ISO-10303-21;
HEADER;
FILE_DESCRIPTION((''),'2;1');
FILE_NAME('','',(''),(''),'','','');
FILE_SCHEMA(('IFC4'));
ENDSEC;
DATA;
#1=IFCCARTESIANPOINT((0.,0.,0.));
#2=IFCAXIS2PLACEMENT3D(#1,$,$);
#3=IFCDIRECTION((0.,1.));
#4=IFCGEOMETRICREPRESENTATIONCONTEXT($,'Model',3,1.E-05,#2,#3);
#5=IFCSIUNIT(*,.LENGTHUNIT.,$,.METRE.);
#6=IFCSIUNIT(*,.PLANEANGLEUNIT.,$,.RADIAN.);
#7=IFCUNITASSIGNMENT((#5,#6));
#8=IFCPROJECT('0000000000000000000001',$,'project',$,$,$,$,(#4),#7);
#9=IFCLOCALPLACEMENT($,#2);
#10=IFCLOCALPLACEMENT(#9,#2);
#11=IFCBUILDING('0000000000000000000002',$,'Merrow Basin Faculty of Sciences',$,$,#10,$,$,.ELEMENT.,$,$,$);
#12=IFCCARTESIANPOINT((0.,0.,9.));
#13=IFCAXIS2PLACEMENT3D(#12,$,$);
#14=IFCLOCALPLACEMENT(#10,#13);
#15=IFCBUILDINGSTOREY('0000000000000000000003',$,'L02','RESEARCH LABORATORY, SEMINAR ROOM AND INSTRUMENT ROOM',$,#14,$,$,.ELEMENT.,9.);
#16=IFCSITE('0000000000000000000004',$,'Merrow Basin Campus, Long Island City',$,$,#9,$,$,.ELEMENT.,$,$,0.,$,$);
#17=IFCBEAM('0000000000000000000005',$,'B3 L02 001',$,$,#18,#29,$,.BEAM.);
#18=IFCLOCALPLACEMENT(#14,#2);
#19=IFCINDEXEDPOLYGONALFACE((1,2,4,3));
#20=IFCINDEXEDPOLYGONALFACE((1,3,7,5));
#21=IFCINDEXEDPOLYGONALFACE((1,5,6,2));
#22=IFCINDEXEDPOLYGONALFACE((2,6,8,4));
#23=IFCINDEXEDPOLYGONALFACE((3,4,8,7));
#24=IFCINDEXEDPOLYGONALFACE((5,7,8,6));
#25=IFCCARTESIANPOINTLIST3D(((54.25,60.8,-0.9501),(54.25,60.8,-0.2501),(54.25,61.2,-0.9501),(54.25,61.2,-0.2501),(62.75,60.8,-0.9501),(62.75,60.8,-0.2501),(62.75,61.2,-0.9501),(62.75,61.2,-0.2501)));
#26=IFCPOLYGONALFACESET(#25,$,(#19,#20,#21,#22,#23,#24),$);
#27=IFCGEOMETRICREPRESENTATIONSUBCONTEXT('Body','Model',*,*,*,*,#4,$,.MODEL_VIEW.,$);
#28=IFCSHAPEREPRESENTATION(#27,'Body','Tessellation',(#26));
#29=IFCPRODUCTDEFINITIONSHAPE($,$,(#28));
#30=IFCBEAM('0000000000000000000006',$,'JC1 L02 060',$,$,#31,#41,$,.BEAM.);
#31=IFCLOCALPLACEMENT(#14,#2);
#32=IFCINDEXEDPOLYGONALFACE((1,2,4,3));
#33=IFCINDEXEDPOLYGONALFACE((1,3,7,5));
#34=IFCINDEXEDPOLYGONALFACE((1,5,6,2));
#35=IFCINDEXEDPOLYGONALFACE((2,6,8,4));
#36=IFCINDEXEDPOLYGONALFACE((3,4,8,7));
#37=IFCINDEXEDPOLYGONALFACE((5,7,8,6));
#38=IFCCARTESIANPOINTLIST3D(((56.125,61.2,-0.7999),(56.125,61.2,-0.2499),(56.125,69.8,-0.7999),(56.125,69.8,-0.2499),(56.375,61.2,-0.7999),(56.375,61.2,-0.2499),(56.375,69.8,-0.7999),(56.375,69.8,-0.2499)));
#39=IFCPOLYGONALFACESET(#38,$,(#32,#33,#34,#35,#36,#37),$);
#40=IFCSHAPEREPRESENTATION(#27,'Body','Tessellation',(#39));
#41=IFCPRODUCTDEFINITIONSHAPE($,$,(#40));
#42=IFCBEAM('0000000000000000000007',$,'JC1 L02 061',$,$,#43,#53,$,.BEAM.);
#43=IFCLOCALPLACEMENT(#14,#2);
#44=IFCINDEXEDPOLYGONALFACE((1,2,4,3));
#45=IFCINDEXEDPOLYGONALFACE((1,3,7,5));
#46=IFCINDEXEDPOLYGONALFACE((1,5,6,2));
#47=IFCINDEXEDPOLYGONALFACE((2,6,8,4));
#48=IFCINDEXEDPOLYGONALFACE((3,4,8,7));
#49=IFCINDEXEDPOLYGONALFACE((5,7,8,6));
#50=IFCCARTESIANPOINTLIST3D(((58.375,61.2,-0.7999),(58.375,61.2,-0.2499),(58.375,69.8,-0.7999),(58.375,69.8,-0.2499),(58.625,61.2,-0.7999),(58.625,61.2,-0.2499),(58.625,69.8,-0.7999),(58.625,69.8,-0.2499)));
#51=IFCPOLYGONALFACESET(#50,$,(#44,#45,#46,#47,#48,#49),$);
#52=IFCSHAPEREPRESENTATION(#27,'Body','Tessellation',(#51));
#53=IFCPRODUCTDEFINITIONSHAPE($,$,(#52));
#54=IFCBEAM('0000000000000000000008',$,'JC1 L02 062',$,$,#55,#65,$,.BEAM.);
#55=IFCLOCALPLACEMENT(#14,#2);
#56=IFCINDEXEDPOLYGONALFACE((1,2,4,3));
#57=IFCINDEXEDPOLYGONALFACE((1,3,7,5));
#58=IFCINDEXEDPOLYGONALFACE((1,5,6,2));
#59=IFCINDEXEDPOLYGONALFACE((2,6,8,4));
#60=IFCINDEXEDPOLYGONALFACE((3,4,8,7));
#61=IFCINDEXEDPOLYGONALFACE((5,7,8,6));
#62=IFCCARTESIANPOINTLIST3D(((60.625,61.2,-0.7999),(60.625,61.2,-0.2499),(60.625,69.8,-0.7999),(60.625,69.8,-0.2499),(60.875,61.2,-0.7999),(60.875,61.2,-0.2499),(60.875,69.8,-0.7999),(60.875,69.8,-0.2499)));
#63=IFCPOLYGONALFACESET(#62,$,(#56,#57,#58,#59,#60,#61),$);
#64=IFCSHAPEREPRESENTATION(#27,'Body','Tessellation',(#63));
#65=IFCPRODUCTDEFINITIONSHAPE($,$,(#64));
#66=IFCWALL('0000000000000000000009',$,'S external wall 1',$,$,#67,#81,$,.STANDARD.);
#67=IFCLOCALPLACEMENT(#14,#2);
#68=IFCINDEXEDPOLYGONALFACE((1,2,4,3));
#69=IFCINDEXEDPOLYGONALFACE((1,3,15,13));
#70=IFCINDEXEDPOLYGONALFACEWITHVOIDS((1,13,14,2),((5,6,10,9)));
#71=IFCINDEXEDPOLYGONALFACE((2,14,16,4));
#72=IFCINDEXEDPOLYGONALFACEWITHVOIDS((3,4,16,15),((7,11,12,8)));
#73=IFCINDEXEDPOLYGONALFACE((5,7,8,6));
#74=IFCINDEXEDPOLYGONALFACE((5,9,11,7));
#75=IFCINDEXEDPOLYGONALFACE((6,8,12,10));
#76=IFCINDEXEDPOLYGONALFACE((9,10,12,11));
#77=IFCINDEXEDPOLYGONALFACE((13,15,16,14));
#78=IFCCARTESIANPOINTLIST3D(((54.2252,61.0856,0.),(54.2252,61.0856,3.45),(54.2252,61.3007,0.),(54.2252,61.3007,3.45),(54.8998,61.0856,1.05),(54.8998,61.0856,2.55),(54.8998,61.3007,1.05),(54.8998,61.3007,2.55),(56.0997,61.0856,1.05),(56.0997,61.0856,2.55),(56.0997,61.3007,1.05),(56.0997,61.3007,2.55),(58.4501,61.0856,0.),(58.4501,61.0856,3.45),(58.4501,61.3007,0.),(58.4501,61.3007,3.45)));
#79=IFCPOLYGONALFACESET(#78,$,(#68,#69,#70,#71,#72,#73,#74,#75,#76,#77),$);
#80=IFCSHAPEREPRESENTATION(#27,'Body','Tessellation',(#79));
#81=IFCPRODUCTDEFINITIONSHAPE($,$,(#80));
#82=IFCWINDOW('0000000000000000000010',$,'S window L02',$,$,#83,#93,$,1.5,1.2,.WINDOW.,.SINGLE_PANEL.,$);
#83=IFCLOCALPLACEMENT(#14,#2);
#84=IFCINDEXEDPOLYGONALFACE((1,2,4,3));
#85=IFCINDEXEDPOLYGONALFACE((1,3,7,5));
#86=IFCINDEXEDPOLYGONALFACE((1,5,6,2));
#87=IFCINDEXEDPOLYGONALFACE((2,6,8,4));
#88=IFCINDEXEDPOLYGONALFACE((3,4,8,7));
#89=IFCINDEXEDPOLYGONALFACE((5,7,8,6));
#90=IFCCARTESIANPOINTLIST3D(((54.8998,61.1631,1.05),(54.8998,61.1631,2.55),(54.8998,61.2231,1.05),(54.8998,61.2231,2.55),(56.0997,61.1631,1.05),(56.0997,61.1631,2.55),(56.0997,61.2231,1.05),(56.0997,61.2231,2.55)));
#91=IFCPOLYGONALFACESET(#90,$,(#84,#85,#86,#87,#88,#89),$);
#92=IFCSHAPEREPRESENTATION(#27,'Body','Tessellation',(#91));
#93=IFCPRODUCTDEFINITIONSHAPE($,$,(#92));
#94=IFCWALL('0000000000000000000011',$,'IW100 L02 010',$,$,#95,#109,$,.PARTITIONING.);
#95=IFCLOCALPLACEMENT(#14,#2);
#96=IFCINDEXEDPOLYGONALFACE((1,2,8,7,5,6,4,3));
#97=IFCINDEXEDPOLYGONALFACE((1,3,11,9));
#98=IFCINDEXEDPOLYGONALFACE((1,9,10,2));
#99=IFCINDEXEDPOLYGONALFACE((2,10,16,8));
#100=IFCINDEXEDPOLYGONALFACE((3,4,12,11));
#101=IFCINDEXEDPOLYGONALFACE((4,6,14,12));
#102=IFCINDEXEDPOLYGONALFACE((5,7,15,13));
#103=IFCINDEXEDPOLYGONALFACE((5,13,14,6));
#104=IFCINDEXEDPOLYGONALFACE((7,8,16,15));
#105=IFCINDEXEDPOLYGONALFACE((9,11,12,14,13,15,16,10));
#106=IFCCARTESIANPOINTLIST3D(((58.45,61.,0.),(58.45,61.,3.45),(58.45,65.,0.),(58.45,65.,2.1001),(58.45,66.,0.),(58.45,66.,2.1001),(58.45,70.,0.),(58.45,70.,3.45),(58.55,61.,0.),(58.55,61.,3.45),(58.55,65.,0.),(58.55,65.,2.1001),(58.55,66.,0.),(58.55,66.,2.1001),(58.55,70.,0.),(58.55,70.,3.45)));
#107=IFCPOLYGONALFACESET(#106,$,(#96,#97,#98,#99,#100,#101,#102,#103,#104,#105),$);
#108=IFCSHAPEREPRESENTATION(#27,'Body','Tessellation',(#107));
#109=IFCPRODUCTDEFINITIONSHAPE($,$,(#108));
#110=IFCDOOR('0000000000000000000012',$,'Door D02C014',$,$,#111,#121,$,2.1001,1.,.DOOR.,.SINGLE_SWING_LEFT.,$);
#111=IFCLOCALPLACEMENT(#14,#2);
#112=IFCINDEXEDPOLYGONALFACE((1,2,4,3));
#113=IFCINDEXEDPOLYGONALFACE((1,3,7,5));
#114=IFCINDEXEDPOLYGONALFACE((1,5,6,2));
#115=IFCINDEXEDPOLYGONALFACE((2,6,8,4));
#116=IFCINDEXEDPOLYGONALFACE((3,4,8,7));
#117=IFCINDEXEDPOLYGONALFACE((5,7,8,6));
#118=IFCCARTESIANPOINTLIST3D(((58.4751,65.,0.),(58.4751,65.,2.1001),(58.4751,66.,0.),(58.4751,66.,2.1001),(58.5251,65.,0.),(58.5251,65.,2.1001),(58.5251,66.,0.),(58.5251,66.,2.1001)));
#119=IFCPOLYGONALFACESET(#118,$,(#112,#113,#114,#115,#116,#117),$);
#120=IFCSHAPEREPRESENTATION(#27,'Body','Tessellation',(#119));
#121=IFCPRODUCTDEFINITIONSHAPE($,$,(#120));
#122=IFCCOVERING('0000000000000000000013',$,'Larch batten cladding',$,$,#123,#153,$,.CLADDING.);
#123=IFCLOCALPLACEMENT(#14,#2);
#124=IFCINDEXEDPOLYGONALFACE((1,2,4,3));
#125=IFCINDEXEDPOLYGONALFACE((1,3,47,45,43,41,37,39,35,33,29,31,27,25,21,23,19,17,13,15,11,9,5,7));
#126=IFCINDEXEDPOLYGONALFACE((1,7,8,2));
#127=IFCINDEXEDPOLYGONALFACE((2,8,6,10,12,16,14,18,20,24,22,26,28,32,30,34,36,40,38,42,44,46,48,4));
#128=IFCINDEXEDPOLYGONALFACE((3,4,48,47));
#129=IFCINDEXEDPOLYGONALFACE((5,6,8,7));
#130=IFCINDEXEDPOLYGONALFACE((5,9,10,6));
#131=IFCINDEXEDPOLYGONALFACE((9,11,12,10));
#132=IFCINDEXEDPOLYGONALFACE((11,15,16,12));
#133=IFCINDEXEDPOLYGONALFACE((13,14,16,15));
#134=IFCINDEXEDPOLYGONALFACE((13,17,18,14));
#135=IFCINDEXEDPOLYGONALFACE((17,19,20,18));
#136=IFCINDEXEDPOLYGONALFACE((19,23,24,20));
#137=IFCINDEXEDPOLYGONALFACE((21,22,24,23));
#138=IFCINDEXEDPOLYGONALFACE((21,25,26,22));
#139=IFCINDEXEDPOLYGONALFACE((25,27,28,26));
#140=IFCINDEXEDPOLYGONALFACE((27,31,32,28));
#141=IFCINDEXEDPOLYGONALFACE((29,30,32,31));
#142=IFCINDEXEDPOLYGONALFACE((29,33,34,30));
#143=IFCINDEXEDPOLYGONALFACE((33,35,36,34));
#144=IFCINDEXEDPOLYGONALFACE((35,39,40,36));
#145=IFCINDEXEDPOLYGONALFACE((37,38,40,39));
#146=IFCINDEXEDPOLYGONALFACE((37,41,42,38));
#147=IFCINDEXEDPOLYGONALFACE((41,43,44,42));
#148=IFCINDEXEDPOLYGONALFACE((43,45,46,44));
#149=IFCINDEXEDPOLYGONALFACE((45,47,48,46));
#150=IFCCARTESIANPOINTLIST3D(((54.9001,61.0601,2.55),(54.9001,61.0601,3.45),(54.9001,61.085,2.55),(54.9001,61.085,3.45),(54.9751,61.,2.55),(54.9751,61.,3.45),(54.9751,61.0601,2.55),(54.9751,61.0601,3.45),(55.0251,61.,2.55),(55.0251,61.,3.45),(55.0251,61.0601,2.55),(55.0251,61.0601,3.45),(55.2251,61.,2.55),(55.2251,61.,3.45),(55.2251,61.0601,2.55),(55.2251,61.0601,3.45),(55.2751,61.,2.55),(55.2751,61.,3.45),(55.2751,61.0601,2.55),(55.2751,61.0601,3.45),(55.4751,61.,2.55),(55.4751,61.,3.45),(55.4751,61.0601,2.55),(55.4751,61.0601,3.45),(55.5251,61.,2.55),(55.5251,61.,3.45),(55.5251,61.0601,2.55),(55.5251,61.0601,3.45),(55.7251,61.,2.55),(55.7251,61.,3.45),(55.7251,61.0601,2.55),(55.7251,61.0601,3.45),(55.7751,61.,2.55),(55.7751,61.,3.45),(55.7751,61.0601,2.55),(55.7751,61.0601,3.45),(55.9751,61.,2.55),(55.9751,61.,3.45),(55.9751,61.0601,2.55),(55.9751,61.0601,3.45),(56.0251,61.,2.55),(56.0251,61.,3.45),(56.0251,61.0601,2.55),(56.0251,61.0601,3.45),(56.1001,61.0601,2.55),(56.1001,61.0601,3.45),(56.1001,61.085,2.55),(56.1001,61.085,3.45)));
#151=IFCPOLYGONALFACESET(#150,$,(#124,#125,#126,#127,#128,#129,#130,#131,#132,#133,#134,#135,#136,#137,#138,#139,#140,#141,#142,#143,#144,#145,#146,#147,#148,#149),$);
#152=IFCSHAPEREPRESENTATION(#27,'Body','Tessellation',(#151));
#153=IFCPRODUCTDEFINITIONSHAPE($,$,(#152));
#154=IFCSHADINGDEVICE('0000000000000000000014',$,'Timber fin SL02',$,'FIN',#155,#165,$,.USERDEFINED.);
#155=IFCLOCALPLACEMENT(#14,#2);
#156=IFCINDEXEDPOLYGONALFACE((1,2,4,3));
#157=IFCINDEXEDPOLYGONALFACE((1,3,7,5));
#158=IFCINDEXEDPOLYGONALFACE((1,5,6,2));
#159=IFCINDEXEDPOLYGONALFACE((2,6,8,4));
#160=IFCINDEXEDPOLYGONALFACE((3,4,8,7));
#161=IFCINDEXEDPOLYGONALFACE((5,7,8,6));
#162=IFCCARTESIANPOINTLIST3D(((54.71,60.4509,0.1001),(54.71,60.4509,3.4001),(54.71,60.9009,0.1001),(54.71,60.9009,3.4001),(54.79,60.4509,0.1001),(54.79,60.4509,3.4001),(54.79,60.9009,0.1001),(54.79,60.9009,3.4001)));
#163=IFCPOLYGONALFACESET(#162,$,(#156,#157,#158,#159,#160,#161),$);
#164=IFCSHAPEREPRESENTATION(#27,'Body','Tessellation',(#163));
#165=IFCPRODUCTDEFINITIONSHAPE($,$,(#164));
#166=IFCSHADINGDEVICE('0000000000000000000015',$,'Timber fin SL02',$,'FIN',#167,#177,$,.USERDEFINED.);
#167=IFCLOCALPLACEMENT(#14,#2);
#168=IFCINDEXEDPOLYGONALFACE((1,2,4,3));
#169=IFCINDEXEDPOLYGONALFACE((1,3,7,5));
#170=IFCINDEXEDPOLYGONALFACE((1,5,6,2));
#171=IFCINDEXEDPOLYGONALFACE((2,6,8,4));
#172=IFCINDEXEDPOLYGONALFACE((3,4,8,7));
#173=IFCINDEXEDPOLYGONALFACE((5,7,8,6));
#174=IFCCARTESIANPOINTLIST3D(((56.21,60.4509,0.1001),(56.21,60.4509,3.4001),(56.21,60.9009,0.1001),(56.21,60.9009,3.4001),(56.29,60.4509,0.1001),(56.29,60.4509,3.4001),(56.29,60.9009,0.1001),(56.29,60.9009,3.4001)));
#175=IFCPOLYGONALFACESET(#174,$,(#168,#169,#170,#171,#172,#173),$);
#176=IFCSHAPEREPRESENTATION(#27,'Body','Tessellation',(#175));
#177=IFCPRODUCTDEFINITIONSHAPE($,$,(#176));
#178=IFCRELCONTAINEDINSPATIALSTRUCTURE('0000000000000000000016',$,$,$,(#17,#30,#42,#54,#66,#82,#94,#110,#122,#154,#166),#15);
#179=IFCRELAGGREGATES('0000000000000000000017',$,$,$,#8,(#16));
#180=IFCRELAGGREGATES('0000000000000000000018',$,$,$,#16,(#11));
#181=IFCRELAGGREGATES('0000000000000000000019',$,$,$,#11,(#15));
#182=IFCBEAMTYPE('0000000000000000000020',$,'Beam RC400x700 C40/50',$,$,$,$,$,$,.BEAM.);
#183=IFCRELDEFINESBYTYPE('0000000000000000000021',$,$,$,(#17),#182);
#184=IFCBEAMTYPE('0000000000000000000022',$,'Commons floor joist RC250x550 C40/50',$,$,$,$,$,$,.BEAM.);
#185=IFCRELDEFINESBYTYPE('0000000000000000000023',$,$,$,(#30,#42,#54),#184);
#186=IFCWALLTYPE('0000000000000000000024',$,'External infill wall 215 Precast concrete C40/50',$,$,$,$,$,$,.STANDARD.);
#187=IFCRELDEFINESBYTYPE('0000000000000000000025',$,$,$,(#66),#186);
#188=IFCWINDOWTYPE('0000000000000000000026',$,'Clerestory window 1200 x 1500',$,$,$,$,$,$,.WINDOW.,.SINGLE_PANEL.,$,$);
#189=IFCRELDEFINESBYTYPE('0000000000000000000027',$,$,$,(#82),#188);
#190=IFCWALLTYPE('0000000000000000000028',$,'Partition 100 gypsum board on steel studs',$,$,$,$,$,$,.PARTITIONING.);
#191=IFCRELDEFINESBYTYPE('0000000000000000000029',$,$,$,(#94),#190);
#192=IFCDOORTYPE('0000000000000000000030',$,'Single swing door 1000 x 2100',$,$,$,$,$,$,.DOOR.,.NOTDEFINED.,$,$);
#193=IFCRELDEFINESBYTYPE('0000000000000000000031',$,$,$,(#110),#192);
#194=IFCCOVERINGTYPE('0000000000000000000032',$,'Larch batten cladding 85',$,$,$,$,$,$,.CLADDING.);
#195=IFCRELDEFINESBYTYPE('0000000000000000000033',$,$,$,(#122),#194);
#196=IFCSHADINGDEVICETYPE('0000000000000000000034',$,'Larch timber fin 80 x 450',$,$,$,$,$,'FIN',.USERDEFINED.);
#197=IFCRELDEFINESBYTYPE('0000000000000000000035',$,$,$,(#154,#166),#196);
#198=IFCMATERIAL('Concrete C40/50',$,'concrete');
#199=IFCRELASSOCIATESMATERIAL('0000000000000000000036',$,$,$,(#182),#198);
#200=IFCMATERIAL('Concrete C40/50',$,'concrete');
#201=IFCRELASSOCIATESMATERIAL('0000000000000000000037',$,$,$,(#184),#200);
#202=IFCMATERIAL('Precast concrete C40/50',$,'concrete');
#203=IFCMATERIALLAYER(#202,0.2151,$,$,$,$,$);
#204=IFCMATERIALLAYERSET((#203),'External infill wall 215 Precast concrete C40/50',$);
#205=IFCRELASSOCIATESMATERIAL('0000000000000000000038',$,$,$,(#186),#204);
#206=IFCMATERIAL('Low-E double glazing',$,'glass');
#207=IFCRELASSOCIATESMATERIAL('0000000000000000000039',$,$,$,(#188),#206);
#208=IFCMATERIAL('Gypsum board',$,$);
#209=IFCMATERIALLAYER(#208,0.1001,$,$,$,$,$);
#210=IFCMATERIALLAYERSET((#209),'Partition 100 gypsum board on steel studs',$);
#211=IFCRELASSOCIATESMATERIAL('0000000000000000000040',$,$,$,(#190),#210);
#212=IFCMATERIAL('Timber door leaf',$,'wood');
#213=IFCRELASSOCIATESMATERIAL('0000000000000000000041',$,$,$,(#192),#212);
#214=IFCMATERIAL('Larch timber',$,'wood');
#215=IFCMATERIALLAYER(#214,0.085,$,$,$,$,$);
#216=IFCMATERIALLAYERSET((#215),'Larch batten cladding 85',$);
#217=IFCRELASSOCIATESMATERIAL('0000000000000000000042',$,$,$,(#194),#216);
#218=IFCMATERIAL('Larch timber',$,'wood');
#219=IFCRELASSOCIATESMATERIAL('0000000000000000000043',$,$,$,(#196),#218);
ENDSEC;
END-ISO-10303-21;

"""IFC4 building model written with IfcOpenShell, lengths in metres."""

from ifc_helpers import new_model, si_unit, direction, frame, frame_2d, origin, origin_2d, place, context, subcontext, project, spatial, polyline, rectangle, outline, extrude, source, transform, mapped, material, layer, layer_set, material_profile, profile_set, type_object, element, fill, save


model = new_model("IFC4")

# Units and contexts
model_context = context("Model", 3, precision=1e-05, world=origin(), true_north=direction((0.0, 1.0)))
body_context = subcontext(model_context, "Body", "Model", "MODEL_VIEW")
ifc_project = project(units=[si_unit("LENGTHUNIT", "METRE"), si_unit("PLANEANGLEUNIT", "RADIAN")], contexts=[model_context])

# Site, building, storey
site_placement = place(None, origin())
site = spatial("IfcSite", under=ifc_project, at=site_placement, Name="Merrow Basin Campus, Long Island City", CompositionType="ELEMENT", RefElevation=0.0)
building_placement = place(site_placement, origin())
building = spatial("IfcBuilding", under=site, at=building_placement, Name="Merrow Basin Faculty of Sciences", CompositionType="ELEMENT")
storey_placement = place(building_placement, frame((0.0, 0.0, 9.0)))
storey = spatial("IfcBuildingStorey", under=building, at=storey_placement, Name="L02", Description="RESEARCH LABORATORY, SEMINAR ROOM AND INSTRUMENT ROOM", CompositionType="ELEMENT", Elevation=9.0)

# Beams
ifc_material_1 = material(Name="Concrete C40/50", Category="concrete")
ifc_material_profile_1 = material_profile(ifc_material_1, rectangle(XDim=0.3999, YDim=0.7, at=origin_2d()))
ifc_profile_set_1 = profile_set([ifc_material_profile_1], Name="Concrete C40/50")
beam_type_1 = type_object("IfcBeamType", Name="Beam RC400x700 C40/50", PredefinedType="BEAM", material=ifc_profile_set_1)
beam_placement = place(storey_placement, frame((54.25, 61.0, -0.6001), z_axis=(1.0, 0.0, 0.0), x_axis=(0.0, 1.0, 0.0)))
element("IfcBeam", 1, at=beam_placement, inside=storey, type_object=beam_type_1, Name="B3 L02 001", PredefinedType="BEAM", context=body_context, shape_type="SweptSolid", body=[
    extrude(rectangle(XDim=0.3999, YDim=0.7, at=origin_2d()), origin(), (0.0, 0.0, 1.0), 8.5),
])
ifc_material_2 = material(Name="Concrete C40/50", Category="concrete")
ifc_material_profile_2 = material_profile(ifc_material_2, rectangle(XDim=0.25, YDim=0.55, at=origin_2d()))
ifc_profile_set_2 = profile_set([ifc_material_profile_2], Name="Concrete C40/50")
beam_type_2 = type_object("IfcBeamType", Name="Commons floor joist RC250x550 C40/50", PredefinedType="BEAM", material=ifc_profile_set_2)
for number, where, z_axis, x_axis, name in (
    (2, (56.25, 61.2, -0.5249), (0.0, 1.0, 0.0), (-1.0, 0.0, 0.0), "JC1 L02 060"),
    (3, (58.5, 61.2, -0.5249), (0.0, 1.0, 0.0), (-1.0, 0.0, 0.0), "JC1 L02 061"),
    (4, (60.75, 61.2, -0.5249), (0.0, 1.0, 0.0), (-1.0, 0.0, 0.0), "JC1 L02 062"),
):
    element("IfcBeam", number, at=place(storey_placement, frame(where, z_axis=z_axis, x_axis=x_axis)), inside=storey, type_object=beam_type_2, Name=name, PredefinedType="BEAM", context=body_context, shape_type="SweptSolid", body=[
        extrude(rectangle(XDim=0.25, YDim=0.55, at=origin_2d()), origin(), (0.0, 0.0, 1.0), 8.6001),
    ])

# Wall, opening, window
ifc_material_3 = material(Name="Precast concrete C40/50", Category="concrete")
ifc_layer_1 = layer(ifc_material_3, 0.2151)
ifc_layer_set_1 = layer_set([ifc_layer_1], Name="External infill wall 215 Precast concrete C40/50")
wall_type_1 = type_object("IfcWallType", Name="External infill wall 215 Precast concrete C40/50", PredefinedType="STANDARD", material=ifc_layer_set_1)
wall_1_placement = place(storey_placement, frame((58.45, 61.1931, 0.0), z_axis=(0.0, 0.0, 1.0), x_axis=(-1.0, 0.0, 0.0)))
wall_1 = element("IfcWall", 5, at=wall_1_placement, inside=storey, type_object=wall_type_1, Name="S external wall 1", PredefinedType="STANDARD", context=body_context, shape_type="SweptSolid", body=[
    extrude(rectangle(XDim=4.2249, YDim=0.2151, at=frame_2d((2.1123, 0.0))), origin(), (0.0, 0.0, 1.0), 3.45),
])
opening_1_placement = place(wall_1_placement, frame((2.3501, 0.0, 1.05)))
opening_1 = element("IfcOpeningElement", 6, at=opening_1_placement, cuts=wall_1, PredefinedType="OPENING", context=body_context, shape_type="SweptSolid", body=[
    extrude(rectangle(XDim=1.2, YDim=1.5, at=frame_2d((0.6001, 0.75))), frame((0.0, 0.1174, 0.0), z_axis=(0.0, -1.0, 0.0), x_axis=(1.0, 0.0, 0.0)), (0.0, 0.0, 1.0), 0.2351),
])
ifc_material_4 = material(Name="Low-E double glazing", Category="glass")
window_type = type_object("IfcWindowType", Name="Clerestory window 1200 x 1500", PartitioningType="SINGLE_PANEL", PredefinedType="WINDOW", material=ifc_material_4)
window_placement = place(opening_1_placement, origin())
window = element("IfcWindow", 7, at=window_placement, inside=storey, type_object=window_type, Name="S window L02", OverallHeight=1.5, OverallWidth=1.2, PartitioningType="SINGLE_PANEL", PredefinedType="WINDOW", context=body_context, shape_type="SweptSolid", body=[
    extrude(rectangle(XDim=1.2, YDim=1.5, at=frame_2d((0.6001, 0.75))), frame((0.0, 0.03, 0.0), z_axis=(0.0, -1.0, 0.0), x_axis=(1.0, 0.0, 0.0)), (0.0, 0.0, 1.0), 0.0601),
])
fill(opening_1, window)

# Wall, opening, door
ifc_material_5 = material(Name="Gypsum board")
ifc_layer_2 = layer(ifc_material_5, 0.1001)
ifc_layer_set_2 = layer_set([ifc_layer_2], Name="Partition 100 gypsum board on steel studs")
wall_type_2 = type_object("IfcWallType", Name="Partition 100 gypsum board on steel studs", PredefinedType="PARTITIONING", material=ifc_layer_set_2)
wall_2_placement = place(storey_placement, frame((58.5, 61.0, 0.0), z_axis=(0.0, 0.0, 1.0), x_axis=(0.0, 1.0, 0.0)))
wall_2 = element("IfcWall", 8, at=wall_2_placement, inside=storey, type_object=wall_type_2, Name="IW100 L02 010", PredefinedType="PARTITIONING", context=body_context, shape_type="SweptSolid", body=[
    extrude(rectangle(XDim=9.0, YDim=0.1001, at=frame_2d((4.5, 0.0))), origin(), (0.0, 0.0, 1.0), 3.45),
])
opening_2_placement = place(wall_2_placement, frame((4.0, 0.0, 0.0)))
opening_2 = element("IfcOpeningElement", 9, at=opening_2_placement, cuts=wall_2, PredefinedType="OPENING", context=body_context, shape_type="SweptSolid", body=[
    extrude(rectangle(XDim=1.0, YDim=2.1001, at=frame_2d((0.5, 1.05))), frame((0.0, 0.0601, 0.0), z_axis=(0.0, -1.0, 0.0), x_axis=(1.0, 0.0, 0.0)), (0.0, 0.0, 1.0), 0.1201),
])
ifc_material_6 = material(Name="Timber door leaf", Category="wood")
door_type = type_object("IfcDoorType", Name="Single swing door 1000 x 2100", OperationType="NOTDEFINED", PredefinedType="DOOR", material=ifc_material_6)
door_placement = place(opening_2_placement, origin())
door = element("IfcDoor", 10, at=door_placement, inside=storey, type_object=door_type, Name="Door D02C014", OperationType="SINGLE_SWING_LEFT", OverallHeight=2.1001, OverallWidth=1.0, PredefinedType="DOOR", context=body_context, shape_type="SweptSolid", body=[
    extrude(rectangle(XDim=1.0, YDim=2.1001, at=frame_2d((0.5, 1.05))), frame((0.0, 0.0249, 0.0), z_axis=(0.0, -1.0, 0.0), x_axis=(1.0, 0.0, 0.0)), (0.0, 0.0, 1.0), 0.05),
])
fill(opening_2, door)

# Covering
ifc_material_7 = material(Name="Larch timber", Category="wood")
ifc_layer_3 = layer(ifc_material_7, 0.085)
ifc_layer_set_3 = layer_set([ifc_layer_3], Name="Larch batten cladding 85")
covering_type = type_object("IfcCoveringType", Name="Larch batten cladding 85", PredefinedType="CLADDING", material=ifc_layer_set_3)
shared_shape_1 = source(origin(), body_context, "Body", "SweptSolid", [
    extrude(outline(polyline([(0.0, 0.0), (1.2, 0.0), (1.2, 0.0249), (1.125, 0.0249), (1.125, 0.085), (1.075, 0.085), (1.075, 0.0249), (0.875, 0.0249), (0.875, 0.085), (0.825, 0.085), (0.825, 0.0249), (0.625, 0.0249), (0.625, 0.085), (0.575, 0.085), (0.575, 0.0249), (0.375, 0.0249), (0.375, 0.085), (0.325, 0.085), (0.325, 0.0249), (0.125, 0.0249), (0.125, 0.085), (0.075, 0.085), (0.075, 0.0249), (0.0, 0.0249), (0.0, 0.0)])), origin(), (0.0, 0.0, 1.0), 0.8999),
])
covering_1_placement = place(storey_placement, frame((56.1001, 61.085, 2.55), z_axis=(0.0, 0.0, 1.0), x_axis=(-1.0, 0.0, 0.0)))
element("IfcCovering", 11, at=covering_1_placement, inside=storey, type_object=covering_type, Name="Larch batten cladding", PredefinedType="CLADDING", context=body_context, shape_type="MappedRepresentation", body=[
    mapped(shared_shape_1, transform((0.0, 0.0, 0.0), scale=1.0)),
])

# Shading devices
ifc_material_8 = material(Name="Larch timber", Category="wood")
shading_device_type = type_object("IfcShadingDeviceType", Name="Larch timber fin 80 x 450", ElementType="FIN", PredefinedType="USERDEFINED", material=ifc_material_8)
shared_shape_2 = source(origin(), body_context, "Body", "SweptSolid", [
    extrude(outline(polyline([(0.0, 0.0), (0.0801, 0.0), (0.0801, 3.3), (0.0, 3.3), (0.0, 0.0)])), origin(), (0.0, 0.0, 1.0), 0.45),
])
for number, where, z_axis, x_axis, name in (
    (12, (54.71, 60.9009, 0.1001), (0.0, -1.0, 0.0), (1.0, 0.0, 0.0), "Timber fin SL02"),
    (13, (56.21, 60.9009, 0.1001), (0.0, -1.0, 0.0), (1.0, 0.0, 0.0), "Timber fin SL02"),
):
    element("IfcShadingDevice", number, at=place(storey_placement, frame(where, z_axis=z_axis, x_axis=x_axis)), inside=storey, type_object=shading_device_type, Name=name, ObjectType="FIN", PredefinedType="USERDEFINED", context=body_context, shape_type="MappedRepresentation", body=[
        mapped(shared_shape_2, transform((0.0, 0.0, 0.0), scale=1.0)),
    ])

save(model, "model.ifc")
